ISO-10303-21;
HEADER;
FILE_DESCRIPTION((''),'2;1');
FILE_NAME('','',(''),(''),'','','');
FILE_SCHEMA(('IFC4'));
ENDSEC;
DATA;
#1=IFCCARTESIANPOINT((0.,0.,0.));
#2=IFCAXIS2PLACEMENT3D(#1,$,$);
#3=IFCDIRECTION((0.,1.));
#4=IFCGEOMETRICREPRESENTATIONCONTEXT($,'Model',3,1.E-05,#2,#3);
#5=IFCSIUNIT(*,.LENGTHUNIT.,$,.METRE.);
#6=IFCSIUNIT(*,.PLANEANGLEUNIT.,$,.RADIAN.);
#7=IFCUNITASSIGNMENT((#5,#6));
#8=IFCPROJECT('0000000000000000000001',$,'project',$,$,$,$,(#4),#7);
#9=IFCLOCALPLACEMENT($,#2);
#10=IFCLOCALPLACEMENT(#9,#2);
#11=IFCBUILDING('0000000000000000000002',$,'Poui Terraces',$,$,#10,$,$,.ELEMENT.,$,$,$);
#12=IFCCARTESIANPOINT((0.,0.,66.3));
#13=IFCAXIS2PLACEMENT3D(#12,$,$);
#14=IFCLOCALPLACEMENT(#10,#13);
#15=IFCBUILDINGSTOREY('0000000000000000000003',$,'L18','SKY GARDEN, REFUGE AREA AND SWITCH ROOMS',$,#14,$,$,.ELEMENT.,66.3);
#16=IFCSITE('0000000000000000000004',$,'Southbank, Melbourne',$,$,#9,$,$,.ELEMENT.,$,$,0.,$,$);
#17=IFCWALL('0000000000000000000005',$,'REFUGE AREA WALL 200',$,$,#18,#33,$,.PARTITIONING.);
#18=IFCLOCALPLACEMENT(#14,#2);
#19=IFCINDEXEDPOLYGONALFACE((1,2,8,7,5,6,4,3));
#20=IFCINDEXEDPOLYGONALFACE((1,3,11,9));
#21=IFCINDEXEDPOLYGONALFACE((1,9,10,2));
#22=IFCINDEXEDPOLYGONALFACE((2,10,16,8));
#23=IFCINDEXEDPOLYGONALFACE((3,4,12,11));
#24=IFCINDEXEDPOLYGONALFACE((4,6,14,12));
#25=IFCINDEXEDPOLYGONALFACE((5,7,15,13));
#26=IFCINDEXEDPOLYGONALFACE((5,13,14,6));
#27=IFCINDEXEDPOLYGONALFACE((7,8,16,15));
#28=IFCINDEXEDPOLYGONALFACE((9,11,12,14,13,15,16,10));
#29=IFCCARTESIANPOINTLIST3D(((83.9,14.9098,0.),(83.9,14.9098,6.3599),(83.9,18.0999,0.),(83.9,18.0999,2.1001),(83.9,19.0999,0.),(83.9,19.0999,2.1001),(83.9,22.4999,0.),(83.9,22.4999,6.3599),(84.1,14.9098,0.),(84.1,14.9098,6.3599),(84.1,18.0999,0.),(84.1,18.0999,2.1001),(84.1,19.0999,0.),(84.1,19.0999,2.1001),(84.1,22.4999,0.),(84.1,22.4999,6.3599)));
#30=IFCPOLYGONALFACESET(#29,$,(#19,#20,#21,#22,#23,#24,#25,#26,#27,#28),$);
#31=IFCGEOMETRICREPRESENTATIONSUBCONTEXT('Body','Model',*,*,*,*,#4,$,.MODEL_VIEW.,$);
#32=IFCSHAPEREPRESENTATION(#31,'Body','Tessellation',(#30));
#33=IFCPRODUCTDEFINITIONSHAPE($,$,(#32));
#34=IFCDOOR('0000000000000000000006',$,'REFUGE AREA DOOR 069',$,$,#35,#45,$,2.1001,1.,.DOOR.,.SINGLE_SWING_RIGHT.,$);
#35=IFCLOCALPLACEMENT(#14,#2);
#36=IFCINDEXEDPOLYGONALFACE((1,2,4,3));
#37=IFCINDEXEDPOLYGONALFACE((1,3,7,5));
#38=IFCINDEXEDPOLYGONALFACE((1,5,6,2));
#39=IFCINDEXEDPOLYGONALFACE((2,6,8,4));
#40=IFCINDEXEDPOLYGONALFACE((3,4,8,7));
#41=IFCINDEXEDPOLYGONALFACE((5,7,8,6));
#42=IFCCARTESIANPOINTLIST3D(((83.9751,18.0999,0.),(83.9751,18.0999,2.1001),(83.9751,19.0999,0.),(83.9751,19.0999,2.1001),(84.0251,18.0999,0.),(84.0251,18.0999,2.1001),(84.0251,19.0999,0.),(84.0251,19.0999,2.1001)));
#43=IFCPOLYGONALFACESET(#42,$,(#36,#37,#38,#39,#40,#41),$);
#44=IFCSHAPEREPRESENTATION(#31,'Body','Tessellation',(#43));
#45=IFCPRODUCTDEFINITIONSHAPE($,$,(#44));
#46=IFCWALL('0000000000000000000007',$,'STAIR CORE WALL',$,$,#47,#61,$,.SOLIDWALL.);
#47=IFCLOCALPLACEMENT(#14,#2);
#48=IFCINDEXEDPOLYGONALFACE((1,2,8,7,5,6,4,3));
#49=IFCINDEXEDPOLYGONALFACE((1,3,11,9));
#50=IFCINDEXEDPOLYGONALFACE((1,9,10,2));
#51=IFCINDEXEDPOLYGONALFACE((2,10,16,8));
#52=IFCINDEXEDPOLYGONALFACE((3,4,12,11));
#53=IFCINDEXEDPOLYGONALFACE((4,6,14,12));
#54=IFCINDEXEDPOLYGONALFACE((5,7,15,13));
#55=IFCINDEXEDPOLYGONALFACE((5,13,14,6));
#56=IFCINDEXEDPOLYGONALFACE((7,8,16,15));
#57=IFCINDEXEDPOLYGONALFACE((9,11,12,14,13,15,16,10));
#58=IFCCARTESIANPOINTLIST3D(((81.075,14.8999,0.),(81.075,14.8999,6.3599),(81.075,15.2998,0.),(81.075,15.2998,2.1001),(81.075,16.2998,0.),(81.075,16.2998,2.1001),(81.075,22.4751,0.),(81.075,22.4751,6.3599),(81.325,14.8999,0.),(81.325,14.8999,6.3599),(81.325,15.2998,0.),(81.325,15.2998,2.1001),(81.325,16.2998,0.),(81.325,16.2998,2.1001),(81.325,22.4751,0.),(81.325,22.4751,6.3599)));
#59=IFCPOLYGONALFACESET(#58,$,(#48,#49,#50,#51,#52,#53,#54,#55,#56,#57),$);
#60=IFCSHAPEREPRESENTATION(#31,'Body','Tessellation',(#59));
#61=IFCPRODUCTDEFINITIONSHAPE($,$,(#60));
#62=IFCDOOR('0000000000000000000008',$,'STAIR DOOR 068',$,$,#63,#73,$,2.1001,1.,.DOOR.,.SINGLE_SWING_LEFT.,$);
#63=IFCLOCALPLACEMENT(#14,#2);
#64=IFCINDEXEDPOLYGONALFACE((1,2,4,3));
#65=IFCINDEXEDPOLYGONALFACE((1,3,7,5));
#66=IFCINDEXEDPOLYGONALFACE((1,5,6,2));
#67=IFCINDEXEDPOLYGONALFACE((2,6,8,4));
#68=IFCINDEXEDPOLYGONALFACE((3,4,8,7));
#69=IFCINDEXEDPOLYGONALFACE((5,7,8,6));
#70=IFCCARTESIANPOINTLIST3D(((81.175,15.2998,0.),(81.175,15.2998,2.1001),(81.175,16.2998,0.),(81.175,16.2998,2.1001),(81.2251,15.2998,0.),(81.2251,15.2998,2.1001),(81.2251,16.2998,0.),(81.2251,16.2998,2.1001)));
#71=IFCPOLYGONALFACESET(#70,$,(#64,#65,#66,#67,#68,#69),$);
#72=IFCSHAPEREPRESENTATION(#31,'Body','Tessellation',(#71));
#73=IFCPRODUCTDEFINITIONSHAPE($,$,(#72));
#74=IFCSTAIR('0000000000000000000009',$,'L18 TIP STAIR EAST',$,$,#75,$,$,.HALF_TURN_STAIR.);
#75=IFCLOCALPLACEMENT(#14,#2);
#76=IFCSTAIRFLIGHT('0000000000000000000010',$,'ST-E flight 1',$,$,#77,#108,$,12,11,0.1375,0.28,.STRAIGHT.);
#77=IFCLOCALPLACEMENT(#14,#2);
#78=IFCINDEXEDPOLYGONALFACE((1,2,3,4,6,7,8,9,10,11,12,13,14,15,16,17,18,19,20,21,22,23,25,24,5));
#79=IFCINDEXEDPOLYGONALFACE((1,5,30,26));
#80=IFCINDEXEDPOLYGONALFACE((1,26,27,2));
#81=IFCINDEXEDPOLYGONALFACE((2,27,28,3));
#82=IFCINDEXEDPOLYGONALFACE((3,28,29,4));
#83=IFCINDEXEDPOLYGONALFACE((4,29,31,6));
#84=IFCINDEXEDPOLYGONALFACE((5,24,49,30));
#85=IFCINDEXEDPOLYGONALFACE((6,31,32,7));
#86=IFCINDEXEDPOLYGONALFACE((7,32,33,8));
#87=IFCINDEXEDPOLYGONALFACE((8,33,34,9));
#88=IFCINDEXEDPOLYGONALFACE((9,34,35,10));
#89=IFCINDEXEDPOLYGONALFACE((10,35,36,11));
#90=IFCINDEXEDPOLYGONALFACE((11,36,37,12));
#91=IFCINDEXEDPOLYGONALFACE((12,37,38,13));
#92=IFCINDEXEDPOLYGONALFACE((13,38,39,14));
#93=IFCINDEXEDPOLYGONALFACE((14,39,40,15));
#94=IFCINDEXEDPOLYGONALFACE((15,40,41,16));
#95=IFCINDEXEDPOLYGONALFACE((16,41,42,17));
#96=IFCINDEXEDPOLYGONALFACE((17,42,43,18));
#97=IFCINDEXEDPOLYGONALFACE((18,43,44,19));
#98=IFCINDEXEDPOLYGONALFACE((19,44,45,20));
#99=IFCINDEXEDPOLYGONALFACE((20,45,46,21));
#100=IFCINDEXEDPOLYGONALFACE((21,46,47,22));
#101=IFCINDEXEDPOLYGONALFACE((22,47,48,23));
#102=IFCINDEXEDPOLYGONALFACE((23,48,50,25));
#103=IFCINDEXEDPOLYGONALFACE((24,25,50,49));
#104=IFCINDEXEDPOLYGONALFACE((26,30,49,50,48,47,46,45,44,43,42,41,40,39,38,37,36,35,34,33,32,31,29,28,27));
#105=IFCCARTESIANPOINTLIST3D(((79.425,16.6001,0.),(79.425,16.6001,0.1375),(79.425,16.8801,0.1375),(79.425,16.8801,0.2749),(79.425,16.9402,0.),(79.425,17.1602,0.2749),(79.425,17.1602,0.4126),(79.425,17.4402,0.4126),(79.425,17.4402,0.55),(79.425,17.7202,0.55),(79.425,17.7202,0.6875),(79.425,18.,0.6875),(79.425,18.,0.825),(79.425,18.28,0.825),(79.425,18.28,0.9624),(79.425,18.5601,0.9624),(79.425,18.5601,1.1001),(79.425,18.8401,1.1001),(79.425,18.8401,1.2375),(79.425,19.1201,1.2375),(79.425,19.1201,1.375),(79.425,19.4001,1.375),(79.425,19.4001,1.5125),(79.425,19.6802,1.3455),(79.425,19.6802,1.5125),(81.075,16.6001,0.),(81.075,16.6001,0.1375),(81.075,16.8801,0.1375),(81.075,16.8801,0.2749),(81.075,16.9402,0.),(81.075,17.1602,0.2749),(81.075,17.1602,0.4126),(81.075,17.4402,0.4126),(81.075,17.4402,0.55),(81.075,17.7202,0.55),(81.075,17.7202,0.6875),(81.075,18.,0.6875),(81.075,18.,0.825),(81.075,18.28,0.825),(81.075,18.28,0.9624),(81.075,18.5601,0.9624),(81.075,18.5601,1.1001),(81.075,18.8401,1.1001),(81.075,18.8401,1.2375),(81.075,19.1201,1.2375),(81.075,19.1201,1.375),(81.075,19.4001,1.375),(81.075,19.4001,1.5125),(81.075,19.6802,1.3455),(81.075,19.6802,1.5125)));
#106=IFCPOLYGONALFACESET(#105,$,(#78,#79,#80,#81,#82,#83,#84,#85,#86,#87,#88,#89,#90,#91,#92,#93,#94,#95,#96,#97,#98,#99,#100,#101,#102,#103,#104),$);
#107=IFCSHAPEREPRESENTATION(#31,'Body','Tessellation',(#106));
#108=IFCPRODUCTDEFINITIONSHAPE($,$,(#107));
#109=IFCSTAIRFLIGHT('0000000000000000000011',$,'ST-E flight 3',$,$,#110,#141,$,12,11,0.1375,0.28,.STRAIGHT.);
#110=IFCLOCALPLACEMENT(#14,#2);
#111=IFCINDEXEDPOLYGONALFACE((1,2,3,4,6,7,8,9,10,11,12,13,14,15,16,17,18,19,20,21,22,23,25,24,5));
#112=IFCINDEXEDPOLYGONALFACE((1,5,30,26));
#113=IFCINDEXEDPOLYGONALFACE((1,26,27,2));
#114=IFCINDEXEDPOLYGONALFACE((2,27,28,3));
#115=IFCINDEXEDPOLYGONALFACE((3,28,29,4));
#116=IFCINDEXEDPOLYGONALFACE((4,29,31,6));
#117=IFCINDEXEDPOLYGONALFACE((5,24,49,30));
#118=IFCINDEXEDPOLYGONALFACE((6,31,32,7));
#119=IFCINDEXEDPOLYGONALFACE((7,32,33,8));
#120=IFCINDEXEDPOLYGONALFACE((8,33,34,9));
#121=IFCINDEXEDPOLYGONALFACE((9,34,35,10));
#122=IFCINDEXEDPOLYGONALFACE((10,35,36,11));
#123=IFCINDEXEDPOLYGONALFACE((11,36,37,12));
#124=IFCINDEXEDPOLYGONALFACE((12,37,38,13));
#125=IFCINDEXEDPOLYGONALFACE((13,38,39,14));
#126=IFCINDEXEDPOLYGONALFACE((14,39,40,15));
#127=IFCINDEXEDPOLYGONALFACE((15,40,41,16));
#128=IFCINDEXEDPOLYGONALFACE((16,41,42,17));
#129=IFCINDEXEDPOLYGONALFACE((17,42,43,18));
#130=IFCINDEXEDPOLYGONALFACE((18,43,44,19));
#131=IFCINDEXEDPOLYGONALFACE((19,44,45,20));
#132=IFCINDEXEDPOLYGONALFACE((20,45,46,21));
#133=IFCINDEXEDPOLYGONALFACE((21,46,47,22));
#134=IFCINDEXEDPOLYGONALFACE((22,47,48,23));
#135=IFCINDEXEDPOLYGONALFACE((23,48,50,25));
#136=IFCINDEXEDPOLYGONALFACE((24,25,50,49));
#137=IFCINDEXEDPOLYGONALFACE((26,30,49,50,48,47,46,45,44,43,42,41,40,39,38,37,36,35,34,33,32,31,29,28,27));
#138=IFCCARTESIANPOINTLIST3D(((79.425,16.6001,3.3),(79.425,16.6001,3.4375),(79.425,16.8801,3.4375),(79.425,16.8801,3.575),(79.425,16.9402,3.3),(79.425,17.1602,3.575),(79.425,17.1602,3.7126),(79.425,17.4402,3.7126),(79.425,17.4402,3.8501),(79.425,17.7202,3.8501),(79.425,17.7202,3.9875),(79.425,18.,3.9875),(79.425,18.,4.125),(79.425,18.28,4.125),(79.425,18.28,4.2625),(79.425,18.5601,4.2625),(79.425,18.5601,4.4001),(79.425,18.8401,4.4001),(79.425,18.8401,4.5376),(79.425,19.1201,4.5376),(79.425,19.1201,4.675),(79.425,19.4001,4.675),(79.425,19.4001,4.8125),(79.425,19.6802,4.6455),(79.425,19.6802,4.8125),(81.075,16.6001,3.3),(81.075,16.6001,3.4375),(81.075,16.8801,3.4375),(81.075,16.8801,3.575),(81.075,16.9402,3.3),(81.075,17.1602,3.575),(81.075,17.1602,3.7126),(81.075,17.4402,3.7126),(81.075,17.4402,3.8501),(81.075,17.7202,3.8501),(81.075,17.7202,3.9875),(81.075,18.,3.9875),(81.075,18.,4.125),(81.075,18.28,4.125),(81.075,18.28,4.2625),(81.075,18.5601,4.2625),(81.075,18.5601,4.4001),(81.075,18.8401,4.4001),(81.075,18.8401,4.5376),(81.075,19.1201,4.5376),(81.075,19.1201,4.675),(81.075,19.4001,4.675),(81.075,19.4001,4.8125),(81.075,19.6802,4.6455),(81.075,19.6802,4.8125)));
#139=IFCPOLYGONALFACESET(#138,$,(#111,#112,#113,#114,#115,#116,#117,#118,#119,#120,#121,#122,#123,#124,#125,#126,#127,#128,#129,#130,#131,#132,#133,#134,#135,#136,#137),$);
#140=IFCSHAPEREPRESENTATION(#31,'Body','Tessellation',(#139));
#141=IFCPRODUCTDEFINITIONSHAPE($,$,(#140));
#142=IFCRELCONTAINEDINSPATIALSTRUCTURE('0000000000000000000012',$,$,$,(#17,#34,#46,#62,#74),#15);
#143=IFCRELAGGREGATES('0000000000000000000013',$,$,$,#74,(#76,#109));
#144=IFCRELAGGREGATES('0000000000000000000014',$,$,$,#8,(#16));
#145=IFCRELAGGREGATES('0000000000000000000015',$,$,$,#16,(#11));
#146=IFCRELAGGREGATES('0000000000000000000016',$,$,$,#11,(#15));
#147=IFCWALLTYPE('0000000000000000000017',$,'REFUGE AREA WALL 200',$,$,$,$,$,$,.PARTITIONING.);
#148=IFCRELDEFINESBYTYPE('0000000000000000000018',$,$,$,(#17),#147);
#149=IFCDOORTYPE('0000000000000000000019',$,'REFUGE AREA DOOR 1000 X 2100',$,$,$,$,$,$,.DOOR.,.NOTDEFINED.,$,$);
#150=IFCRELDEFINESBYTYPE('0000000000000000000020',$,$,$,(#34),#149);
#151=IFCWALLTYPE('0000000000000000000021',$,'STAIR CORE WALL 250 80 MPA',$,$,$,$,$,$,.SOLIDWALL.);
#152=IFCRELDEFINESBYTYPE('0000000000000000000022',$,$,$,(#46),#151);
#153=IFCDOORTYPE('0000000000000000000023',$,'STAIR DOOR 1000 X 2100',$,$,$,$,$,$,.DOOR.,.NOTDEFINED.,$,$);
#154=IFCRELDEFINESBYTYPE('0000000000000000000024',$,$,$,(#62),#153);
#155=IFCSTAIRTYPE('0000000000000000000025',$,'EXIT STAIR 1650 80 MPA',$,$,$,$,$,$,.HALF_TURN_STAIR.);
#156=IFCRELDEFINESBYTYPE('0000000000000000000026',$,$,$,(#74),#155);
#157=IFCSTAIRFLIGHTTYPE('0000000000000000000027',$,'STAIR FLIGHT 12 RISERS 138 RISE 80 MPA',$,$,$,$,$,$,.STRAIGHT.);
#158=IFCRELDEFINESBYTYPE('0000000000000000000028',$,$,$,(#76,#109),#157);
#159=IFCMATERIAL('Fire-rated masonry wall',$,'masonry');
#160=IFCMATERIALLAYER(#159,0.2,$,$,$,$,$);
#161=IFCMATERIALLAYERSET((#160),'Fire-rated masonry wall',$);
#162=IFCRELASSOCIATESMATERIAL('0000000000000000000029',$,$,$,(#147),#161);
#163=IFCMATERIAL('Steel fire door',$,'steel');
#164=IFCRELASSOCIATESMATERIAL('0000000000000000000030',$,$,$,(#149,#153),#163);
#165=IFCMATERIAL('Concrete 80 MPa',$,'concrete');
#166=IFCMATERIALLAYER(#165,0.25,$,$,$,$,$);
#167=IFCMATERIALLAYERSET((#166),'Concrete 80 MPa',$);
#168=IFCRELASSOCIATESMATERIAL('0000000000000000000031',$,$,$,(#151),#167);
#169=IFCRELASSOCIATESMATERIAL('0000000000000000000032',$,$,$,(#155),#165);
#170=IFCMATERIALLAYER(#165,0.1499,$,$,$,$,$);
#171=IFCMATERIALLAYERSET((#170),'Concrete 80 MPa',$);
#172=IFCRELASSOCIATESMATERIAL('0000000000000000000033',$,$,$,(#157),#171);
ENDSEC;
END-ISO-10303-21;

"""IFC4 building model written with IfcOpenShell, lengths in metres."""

from ifc_helpers import new_model, si_unit, direction, frame, frame_2d, origin, place, context, subcontext, project, spatial, polyline, rectangle, outline, extrude, material, layer, layer_set, type_object, element, fill, aggregate, save


model = new_model("IFC4")

# Units and contexts
model_context = context("Model", 3, precision=1e-05, world=origin(), true_north=direction((0.0, 1.0)))
body_context = subcontext(model_context, "Body", "Model", "MODEL_VIEW")
ifc_project = project(units=[si_unit("LENGTHUNIT", "METRE"), si_unit("PLANEANGLEUNIT", "RADIAN")], contexts=[model_context])

# Site, building, storey
site_placement = place(None, origin())
site = spatial("IfcSite", under=ifc_project, at=site_placement, Name="Southbank, Melbourne", CompositionType="ELEMENT", RefElevation=0.0)
building_placement = place(site_placement, origin())
building = spatial("IfcBuilding", under=site, at=building_placement, Name="Poui Terraces", CompositionType="ELEMENT")
storey_placement = place(building_placement, frame((0.0, 0.0, 66.3)))
storey = spatial("IfcBuildingStorey", under=building, at=storey_placement, Name="L18", Description="SKY GARDEN, REFUGE AREA AND SWITCH ROOMS", CompositionType="ELEMENT", Elevation=66.3)

# Shared definitions
ifc_material_1 = material(Name="Concrete 80 MPa", Category="concrete")
ifc_material_2 = material(Name="Steel fire door", Category="steel")

# Shared definitions
ifc_material_3 = material(Name="Fire-rated masonry wall", Category="masonry")
ifc_layer_1 = layer(ifc_material_3, 0.2)
ifc_layer_set_1 = layer_set([ifc_layer_1], Name="Fire-rated masonry wall")
wall_type_1 = type_object("IfcWallType", Name="REFUGE AREA WALL 200", PredefinedType="PARTITIONING", material=ifc_layer_set_1)

# Walls, openings, doors
wall_1_placement = place(storey_placement, frame((84.0, 14.9099, 0.0), z_axis=(0.0, 0.0, 1.0), x_axis=(0.0, 1.0, 0.0)))
wall_1 = element("IfcWall", 1, at=wall_1_placement, inside=storey, type_object=wall_type_1, Name="REFUGE AREA WALL 200", PredefinedType="PARTITIONING", context=body_context, shape_type="SweptSolid", body=[
    extrude(rectangle(XDim=7.5901, YDim=0.2, at=frame_2d((3.7949, 0.0))), origin(), (0.0, 0.0, 1.0), 6.3599),
])
opening_1_placement = place(wall_1_placement, frame((3.1899, 0.0, 0.0)))
opening_1 = element("IfcOpeningElement", 2, at=opening_1_placement, cuts=wall_1, PredefinedType="OPENING", context=body_context, shape_type="SweptSolid", body=[
    extrude(rectangle(XDim=1.0, YDim=2.1001, at=frame_2d((0.5, 1.05))), frame((0.0, 0.1099, 0.0), z_axis=(0.0, -1.0, 0.0), x_axis=(1.0, 0.0, 0.0)), (0.0, 0.0, 1.0), 0.22),
])
door_type_1 = type_object("IfcDoorType", Name="REFUGE AREA DOOR 1000 X 2100", OperationType="NOTDEFINED", PredefinedType="DOOR", material=ifc_material_2)
door_1_placement = place(opening_1_placement, origin())
door_1 = element("IfcDoor", 3, at=door_1_placement, inside=storey, type_object=door_type_1, Name="REFUGE AREA DOOR 069", OperationType="SINGLE_SWING_RIGHT", OverallHeight=2.1001, OverallWidth=1.0, PredefinedType="DOOR", context=body_context, shape_type="SweptSolid", body=[
    extrude(rectangle(XDim=1.0, YDim=2.1001, at=frame_2d((0.5, 1.05))), frame((0.0, 0.0249, 0.0), z_axis=(0.0, -1.0, 0.0), x_axis=(1.0, 0.0, 0.0)), (0.0, 0.0, 1.0), 0.05),
])
fill(opening_1, door_1)
ifc_layer_2 = layer(ifc_material_1, 0.25)
ifc_layer_set_2 = layer_set([ifc_layer_2], Name="Concrete 80 MPa")
wall_type_2 = type_object("IfcWallType", Name="STAIR CORE WALL 250 80 MPA", PredefinedType="SOLIDWALL", material=ifc_layer_set_2)
wall_2_placement = place(storey_placement, frame((81.2, 14.8999, 0.0), z_axis=(0.0, 0.0, 1.0), x_axis=(0.0, 1.0, 0.0)))
wall_2 = element("IfcWall", 4, at=wall_2_placement, inside=storey, type_object=wall_type_2, Name="STAIR CORE WALL", PredefinedType="SOLIDWALL", context=body_context, shape_type="SweptSolid", body=[
    extrude(rectangle(XDim=7.5752, YDim=0.25, at=frame_2d((3.7876, 0.0))), origin(), (0.0, 0.0, 1.0), 6.3599),
])
opening_2_placement = place(wall_2_placement, frame((0.3999, 0.0, 0.0)))
opening_2 = element("IfcOpeningElement", 5, at=opening_2_placement, cuts=wall_2, PredefinedType="OPENING", context=body_context, shape_type="SweptSolid", body=[
    extrude(rectangle(XDim=1.0, YDim=2.1001, at=frame_2d((0.5, 1.05))), frame((0.0, 0.135, 0.0), z_axis=(0.0, -1.0, 0.0), x_axis=(1.0, 0.0, 0.0)), (0.0, 0.0, 1.0), 0.27),
])
door_type_2 = type_object("IfcDoorType", Name="STAIR DOOR 1000 X 2100", OperationType="NOTDEFINED", PredefinedType="DOOR", material=ifc_material_2)
door_2_placement = place(opening_2_placement, origin())
door_2 = element("IfcDoor", 6, at=door_2_placement, inside=storey, type_object=door_type_2, Name="STAIR DOOR 068", OperationType="SINGLE_SWING_LEFT", OverallHeight=2.1001, OverallWidth=1.0, PredefinedType="DOOR", context=body_context, shape_type="SweptSolid", body=[
    extrude(rectangle(XDim=1.0, YDim=2.1001, at=frame_2d((0.5, 1.05))), frame((0.0, 0.0249, 0.0), z_axis=(0.0, -1.0, 0.0), x_axis=(1.0, 0.0, 0.0)), (0.0, 0.0, 1.0), 0.05),
])
fill(opening_2, door_2)

# Stair, stair flights
stair_type = type_object("IfcStairType", Name="EXIT STAIR 1650 80 MPA", PredefinedType="HALF_TURN_STAIR", material=ifc_material_1)
stair_placement = place(storey_placement, origin())
stair = element("IfcStair", 7, at=stair_placement, inside=storey, type_object=stair_type, Name="L18 TIP STAIR EAST", PredefinedType="HALF_TURN_STAIR")
ifc_layer_3 = layer(ifc_material_1, 0.1499)
ifc_layer_set_3 = layer_set([ifc_layer_3], Name="Concrete 80 MPa")
stair_flight_type = type_object("IfcStairFlightType", Name="STAIR FLIGHT 12 RISERS 138 RISE 80 MPA", PredefinedType="STRAIGHT", material=ifc_layer_set_3)
stair_flight_1_placement = place(storey_placement, frame((80.25, 16.6001, 0.0), z_axis=(0.0, 0.0, 1.0), x_axis=(0.0, 1.0, 0.0)))
stair_flight_1 = element("IfcStairFlight", 8, at=stair_flight_1_placement, type_object=stair_flight_type, Name="ST-E flight 1", NumberOfRisers=12, NumberOfTreads=11, PredefinedType="STRAIGHT", RiserHeight=0.1375, TreadLength=0.28, context=body_context, shape_type="SweptSolid", body=[
    extrude(outline(polyline([(0.0, 0.0), (0.0, 0.1375), (0.28, 0.1375), (0.28, 0.2749), (0.5601, 0.2749), (0.5601, 0.4126), (0.8401, 0.4126), (0.8401, 0.55), (1.1201, 0.55), (1.1201, 0.6875), (1.3999, 0.6875), (1.3999, 0.825), (1.6799, 0.825), (1.6799, 0.9624), (1.96, 0.9624), (1.96, 1.1001), (2.24, 1.1001), (2.24, 1.2375), (2.52, 1.2375), (2.52, 1.375), (2.8, 1.375), (2.8, 1.5125), (3.0801, 1.5125), (3.0801, 1.6499), (3.0801, 1.3455), (0.3401, 0.0), (0.0, 0.0)])), frame((0.0, 0.825, 0.0), z_axis=(0.0, -1.0, 0.0), x_axis=(1.0, 0.0, 0.0)), (0.0, 0.0, 1.0), 1.6499),
])
stair_flight_2_placement = place(storey_placement, frame((80.25, 16.6001, 3.3), z_axis=(0.0, 0.0, 1.0), x_axis=(0.0, 1.0, 0.0)))
stair_flight_2 = element("IfcStairFlight", 9, at=stair_flight_2_placement, type_object=stair_flight_type, Name="ST-E flight 3", NumberOfRisers=12, NumberOfTreads=11, PredefinedType="STRAIGHT", RiserHeight=0.1375, TreadLength=0.28, context=body_context, shape_type="SweptSolid", body=[
    extrude(outline(polyline([(0.0, 0.0), (0.0, 0.1375), (0.28, 0.1375), (0.28, 0.2749), (0.5601, 0.2749), (0.5601, 0.4126), (0.8401, 0.4126), (0.8401, 0.55), (1.1201, 0.55), (1.1201, 0.6875), (1.3999, 0.6875), (1.3999, 0.825), (1.6799, 0.825), (1.6799, 0.9624), (1.96, 0.9624), (1.96, 1.1001), (2.24, 1.1001), (2.24, 1.2375), (2.52, 1.2375), (2.52, 1.375), (2.8, 1.375), (2.8, 1.5125), (3.0801, 1.5125), (3.0801, 1.6499), (3.0801, 1.3455), (0.3401, 0.0), (0.0, 0.0)])), frame((0.0, 0.825, 0.0), z_axis=(0.0, -1.0, 0.0), x_axis=(1.0, 0.0, 0.0)), (0.0, 0.0, 1.0), 1.6499),
])
aggregate(stair, [stair_flight_1, stair_flight_2])

save(model, "model.ifc")
